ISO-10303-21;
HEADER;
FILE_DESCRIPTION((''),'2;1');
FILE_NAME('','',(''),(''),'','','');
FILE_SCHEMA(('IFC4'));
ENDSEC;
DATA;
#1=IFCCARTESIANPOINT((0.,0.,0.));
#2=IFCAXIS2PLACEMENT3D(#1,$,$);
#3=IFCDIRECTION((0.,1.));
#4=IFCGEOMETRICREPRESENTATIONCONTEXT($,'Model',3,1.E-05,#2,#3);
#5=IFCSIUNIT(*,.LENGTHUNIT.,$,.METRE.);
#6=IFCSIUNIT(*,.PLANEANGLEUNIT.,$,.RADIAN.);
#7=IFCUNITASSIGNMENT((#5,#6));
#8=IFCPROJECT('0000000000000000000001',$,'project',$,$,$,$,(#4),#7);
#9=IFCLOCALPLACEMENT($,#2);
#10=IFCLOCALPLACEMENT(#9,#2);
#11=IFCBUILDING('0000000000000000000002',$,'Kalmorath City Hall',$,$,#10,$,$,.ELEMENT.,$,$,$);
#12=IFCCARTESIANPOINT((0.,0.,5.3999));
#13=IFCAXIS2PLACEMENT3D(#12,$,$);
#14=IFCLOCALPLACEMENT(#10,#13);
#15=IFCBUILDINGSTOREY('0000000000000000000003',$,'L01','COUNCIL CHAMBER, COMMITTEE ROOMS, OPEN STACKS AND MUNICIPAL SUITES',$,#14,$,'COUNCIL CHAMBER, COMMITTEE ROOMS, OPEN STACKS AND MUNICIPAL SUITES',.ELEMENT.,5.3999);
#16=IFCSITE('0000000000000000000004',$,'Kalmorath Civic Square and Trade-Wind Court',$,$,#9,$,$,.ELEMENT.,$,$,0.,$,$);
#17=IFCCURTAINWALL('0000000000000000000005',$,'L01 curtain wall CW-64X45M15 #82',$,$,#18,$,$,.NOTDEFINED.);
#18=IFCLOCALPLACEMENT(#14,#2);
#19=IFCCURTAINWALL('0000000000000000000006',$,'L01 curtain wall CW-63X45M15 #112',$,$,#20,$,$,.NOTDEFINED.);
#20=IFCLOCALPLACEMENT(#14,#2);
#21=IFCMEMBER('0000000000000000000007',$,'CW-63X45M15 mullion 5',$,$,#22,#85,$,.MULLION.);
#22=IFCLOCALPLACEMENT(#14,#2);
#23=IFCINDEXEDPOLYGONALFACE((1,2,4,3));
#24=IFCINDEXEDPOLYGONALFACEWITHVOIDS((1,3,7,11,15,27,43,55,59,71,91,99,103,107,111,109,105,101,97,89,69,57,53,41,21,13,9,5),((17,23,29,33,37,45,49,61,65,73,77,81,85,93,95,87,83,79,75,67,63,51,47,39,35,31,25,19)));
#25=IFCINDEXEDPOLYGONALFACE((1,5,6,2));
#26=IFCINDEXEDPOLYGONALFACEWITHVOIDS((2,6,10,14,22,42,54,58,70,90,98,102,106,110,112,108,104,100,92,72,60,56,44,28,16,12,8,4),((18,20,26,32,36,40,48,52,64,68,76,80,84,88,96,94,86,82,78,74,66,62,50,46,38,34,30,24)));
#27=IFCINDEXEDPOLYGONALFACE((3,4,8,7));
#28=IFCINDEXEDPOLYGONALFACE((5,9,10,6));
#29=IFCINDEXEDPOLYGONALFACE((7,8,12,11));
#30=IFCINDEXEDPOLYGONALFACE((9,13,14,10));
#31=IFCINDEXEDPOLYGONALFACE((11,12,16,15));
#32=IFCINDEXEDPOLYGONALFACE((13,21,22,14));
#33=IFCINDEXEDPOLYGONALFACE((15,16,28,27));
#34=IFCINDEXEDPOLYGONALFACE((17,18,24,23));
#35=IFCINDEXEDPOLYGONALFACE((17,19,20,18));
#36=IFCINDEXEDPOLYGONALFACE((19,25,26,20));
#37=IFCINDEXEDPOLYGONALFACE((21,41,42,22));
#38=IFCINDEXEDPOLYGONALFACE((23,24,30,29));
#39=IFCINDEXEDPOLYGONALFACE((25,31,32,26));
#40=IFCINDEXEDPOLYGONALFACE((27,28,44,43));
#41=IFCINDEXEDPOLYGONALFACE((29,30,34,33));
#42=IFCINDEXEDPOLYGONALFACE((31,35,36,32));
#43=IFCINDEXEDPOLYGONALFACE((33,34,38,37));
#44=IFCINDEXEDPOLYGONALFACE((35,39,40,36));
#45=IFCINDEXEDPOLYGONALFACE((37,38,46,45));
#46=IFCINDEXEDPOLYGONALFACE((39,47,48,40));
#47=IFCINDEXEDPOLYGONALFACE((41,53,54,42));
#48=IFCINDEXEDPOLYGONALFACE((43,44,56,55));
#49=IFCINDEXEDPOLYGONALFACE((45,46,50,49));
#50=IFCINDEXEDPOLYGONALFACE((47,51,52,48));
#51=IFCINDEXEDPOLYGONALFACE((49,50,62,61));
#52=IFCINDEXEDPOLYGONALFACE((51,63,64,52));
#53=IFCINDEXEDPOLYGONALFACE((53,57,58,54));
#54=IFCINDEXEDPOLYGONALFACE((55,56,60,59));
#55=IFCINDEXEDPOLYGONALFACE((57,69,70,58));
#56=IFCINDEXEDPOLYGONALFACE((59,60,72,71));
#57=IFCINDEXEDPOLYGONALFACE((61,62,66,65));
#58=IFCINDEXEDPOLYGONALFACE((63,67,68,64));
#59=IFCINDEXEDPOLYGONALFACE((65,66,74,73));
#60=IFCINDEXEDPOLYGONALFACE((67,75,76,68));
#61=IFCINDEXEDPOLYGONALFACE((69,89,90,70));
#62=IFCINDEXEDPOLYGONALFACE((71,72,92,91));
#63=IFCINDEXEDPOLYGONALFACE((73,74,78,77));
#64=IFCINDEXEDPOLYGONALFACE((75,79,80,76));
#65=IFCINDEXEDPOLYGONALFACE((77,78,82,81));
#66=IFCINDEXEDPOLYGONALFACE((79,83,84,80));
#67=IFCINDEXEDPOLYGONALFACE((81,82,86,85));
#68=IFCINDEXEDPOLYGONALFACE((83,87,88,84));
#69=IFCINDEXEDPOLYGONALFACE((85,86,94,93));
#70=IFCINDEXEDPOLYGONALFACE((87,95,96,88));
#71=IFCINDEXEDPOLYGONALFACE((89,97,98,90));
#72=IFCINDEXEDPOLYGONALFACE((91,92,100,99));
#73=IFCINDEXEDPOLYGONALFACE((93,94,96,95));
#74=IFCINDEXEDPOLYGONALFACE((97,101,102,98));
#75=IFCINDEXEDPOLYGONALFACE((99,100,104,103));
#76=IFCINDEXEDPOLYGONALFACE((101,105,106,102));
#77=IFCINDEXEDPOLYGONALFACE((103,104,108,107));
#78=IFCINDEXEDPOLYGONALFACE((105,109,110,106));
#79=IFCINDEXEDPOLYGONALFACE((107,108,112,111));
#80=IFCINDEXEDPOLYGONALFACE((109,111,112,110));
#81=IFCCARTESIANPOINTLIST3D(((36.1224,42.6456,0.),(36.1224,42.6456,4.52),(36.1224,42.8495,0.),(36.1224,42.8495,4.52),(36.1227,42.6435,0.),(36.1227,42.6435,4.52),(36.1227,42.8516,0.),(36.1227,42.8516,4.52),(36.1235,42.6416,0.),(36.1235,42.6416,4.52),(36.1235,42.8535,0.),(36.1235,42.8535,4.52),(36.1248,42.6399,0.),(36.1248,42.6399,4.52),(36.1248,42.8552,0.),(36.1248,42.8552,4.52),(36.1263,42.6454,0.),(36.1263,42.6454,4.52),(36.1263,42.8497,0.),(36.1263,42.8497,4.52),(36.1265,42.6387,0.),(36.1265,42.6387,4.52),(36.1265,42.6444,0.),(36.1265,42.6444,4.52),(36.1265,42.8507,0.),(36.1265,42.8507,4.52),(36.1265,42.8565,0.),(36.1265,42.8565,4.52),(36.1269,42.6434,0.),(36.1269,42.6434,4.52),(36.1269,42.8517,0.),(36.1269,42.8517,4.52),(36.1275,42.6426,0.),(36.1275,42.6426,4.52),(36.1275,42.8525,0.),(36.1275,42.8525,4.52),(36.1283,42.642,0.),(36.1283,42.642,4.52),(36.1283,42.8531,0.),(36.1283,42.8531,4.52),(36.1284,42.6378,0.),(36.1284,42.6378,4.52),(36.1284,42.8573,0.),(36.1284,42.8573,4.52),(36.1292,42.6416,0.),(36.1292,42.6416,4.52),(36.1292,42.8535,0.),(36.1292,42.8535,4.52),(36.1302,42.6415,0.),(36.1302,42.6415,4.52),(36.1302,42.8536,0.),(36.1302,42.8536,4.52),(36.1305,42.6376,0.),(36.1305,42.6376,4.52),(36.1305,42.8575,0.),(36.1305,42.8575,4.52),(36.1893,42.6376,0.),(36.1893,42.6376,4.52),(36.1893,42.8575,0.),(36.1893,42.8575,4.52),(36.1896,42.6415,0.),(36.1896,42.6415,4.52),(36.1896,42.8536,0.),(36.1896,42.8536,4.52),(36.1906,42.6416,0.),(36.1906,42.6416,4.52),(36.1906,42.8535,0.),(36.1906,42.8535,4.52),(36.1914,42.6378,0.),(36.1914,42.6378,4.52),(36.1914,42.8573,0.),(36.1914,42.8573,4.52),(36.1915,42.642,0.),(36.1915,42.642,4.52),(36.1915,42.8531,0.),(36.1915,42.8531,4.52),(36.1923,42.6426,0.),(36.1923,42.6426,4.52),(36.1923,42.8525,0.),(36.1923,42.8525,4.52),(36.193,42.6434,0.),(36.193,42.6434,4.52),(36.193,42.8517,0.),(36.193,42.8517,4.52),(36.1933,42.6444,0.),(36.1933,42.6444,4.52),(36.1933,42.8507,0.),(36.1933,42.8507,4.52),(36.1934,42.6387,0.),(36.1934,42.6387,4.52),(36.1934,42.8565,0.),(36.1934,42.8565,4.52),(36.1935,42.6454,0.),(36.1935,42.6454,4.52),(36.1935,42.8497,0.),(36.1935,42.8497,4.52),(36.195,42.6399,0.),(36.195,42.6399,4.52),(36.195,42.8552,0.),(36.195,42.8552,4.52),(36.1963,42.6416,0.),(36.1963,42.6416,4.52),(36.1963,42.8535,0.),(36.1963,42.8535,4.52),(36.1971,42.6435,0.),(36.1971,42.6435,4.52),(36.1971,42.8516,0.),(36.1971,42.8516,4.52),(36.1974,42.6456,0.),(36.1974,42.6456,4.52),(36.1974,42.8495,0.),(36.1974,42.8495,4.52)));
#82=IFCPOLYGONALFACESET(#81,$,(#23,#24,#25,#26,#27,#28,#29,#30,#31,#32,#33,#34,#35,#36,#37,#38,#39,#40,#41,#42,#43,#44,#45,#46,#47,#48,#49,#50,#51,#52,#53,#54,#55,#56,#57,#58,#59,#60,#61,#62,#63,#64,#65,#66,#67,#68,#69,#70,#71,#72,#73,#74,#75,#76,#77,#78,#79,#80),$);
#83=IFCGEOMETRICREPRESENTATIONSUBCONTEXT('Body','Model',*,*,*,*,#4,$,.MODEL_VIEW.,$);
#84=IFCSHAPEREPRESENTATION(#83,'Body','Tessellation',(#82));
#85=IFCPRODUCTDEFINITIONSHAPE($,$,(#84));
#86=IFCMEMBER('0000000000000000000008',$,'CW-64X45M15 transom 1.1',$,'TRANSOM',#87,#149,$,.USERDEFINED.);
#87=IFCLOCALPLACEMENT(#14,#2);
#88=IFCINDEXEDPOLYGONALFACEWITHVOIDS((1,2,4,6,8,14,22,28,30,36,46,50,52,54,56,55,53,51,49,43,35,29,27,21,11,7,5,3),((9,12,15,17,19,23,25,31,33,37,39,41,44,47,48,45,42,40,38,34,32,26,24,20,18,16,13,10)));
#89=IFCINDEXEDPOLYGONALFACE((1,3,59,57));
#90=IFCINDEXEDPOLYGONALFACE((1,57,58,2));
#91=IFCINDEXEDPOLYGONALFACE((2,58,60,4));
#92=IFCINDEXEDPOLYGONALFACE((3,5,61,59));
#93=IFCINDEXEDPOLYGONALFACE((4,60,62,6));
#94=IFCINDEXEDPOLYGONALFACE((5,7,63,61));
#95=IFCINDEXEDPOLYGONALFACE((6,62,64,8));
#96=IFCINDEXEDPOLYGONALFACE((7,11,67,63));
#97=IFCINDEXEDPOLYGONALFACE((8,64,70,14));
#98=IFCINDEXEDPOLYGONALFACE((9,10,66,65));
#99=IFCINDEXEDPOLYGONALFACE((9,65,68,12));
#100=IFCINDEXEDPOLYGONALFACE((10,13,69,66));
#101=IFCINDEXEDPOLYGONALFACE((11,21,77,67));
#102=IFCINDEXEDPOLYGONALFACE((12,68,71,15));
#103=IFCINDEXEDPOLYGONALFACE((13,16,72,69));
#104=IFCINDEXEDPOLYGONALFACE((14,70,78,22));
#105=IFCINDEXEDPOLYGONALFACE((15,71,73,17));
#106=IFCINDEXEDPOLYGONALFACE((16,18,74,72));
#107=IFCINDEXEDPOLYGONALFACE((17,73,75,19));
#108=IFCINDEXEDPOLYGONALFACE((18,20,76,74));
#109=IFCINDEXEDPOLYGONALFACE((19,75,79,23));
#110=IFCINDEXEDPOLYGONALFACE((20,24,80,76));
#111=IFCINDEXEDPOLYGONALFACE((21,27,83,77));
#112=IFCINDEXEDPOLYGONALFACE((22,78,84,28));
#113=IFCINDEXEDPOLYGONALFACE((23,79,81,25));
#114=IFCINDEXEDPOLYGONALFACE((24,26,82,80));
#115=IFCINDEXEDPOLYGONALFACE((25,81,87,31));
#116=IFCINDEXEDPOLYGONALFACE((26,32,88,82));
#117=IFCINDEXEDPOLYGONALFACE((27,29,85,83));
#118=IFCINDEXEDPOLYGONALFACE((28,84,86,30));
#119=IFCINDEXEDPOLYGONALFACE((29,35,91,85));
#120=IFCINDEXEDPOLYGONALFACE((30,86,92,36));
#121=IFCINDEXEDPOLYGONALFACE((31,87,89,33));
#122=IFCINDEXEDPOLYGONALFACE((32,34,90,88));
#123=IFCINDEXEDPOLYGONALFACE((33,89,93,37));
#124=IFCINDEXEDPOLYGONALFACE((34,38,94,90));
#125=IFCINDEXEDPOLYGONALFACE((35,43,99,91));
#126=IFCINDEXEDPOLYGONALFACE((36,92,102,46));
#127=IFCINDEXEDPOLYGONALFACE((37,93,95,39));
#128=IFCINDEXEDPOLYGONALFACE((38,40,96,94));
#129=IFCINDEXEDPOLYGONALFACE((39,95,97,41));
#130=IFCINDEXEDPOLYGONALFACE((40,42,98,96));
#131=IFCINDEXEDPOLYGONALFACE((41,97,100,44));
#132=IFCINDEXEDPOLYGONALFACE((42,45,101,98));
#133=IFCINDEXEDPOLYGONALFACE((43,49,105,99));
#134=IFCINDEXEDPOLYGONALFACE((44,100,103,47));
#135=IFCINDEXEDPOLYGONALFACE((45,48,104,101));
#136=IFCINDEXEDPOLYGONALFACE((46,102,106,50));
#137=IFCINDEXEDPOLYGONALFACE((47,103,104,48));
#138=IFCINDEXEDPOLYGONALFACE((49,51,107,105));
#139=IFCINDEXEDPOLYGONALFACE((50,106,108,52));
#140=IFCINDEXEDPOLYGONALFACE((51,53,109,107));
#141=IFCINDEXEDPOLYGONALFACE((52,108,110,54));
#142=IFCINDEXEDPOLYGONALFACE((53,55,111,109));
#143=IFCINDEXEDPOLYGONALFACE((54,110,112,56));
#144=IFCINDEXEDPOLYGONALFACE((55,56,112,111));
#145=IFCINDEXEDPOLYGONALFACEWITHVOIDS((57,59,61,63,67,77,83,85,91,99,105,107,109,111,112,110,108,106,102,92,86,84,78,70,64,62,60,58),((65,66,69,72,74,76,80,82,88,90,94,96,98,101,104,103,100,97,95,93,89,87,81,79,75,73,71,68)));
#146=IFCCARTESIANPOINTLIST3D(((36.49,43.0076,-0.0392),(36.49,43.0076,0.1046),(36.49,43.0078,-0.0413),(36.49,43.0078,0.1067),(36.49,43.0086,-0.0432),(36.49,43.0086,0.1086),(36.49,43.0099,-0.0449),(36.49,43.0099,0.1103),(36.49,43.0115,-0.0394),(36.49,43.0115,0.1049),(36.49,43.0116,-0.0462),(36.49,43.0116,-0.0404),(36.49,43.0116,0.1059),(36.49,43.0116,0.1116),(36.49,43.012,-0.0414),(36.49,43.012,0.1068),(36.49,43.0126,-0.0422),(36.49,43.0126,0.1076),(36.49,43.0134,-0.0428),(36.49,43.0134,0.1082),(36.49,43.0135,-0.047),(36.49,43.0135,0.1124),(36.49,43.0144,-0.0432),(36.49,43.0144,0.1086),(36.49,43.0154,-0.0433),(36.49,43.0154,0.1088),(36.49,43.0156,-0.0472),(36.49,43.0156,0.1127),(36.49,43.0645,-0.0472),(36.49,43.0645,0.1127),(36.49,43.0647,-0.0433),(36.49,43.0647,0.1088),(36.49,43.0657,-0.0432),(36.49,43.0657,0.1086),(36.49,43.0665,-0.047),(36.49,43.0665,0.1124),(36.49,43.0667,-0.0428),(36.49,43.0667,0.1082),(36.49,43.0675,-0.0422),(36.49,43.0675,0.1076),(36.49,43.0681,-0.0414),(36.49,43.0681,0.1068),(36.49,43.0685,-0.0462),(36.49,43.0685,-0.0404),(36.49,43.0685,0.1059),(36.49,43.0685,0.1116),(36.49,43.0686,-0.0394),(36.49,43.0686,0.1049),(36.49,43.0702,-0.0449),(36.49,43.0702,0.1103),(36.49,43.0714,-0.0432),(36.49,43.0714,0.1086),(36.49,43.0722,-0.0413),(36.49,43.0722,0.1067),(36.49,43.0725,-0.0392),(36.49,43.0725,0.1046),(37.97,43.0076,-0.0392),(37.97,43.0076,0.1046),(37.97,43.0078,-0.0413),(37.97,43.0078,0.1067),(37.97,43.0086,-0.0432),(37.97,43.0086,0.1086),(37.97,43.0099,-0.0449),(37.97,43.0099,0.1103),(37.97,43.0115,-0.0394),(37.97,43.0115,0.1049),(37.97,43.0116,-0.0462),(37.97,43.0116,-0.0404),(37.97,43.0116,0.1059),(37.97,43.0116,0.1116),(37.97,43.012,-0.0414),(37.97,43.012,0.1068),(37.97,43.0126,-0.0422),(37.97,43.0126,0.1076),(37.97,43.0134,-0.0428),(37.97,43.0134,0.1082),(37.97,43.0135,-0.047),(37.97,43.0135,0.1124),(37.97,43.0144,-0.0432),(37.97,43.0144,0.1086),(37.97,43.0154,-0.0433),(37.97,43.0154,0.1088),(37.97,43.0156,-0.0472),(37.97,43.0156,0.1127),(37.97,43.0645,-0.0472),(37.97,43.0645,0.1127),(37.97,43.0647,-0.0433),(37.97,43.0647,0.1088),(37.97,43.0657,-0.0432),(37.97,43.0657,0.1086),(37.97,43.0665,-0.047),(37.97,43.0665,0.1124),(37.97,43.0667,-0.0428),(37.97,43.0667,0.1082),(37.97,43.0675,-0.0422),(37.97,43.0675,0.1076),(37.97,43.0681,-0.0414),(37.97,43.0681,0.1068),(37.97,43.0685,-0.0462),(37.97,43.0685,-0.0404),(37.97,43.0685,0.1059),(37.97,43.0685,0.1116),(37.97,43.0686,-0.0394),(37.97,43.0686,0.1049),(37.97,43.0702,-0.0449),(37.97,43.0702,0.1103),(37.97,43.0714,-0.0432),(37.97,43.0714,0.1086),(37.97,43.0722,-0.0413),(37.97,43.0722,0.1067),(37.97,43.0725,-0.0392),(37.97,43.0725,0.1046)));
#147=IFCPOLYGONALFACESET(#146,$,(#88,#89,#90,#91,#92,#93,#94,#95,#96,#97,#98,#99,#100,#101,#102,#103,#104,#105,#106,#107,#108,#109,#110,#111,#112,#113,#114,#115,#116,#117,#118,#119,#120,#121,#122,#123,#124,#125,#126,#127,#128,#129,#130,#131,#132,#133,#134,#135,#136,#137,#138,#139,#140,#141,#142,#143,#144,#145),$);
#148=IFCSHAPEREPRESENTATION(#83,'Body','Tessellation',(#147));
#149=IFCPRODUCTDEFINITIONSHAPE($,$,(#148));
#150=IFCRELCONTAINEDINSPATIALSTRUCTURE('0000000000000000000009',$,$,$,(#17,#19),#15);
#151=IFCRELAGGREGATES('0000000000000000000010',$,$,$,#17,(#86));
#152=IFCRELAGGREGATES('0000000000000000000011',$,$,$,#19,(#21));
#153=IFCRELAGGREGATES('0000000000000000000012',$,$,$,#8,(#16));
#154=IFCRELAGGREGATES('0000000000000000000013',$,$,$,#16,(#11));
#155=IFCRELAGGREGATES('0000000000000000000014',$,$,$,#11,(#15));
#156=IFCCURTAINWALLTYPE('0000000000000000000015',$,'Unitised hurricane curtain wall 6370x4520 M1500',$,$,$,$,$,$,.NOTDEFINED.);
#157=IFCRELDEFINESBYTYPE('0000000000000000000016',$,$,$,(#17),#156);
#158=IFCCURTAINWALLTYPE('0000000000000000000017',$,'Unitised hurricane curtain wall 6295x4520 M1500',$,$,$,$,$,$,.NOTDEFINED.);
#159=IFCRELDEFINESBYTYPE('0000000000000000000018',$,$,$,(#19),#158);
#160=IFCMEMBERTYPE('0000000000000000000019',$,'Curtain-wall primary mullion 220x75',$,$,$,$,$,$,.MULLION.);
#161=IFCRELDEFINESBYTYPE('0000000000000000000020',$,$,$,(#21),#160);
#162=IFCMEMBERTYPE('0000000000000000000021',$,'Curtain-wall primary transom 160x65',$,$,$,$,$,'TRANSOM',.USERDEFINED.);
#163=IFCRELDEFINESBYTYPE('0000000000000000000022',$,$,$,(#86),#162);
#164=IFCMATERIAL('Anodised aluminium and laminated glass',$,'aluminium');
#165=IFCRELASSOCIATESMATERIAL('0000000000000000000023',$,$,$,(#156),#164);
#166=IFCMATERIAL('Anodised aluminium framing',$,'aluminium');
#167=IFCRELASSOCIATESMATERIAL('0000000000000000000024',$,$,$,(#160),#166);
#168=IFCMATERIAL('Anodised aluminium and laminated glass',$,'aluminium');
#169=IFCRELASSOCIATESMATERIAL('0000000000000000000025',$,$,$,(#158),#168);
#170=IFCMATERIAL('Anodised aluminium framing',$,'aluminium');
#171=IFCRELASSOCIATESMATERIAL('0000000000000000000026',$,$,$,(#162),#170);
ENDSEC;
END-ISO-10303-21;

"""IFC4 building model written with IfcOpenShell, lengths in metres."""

from ifc_helpers import new_model, si_unit, direction, frame, origin, origin_2d, place, context, subcontext, project, spatial, hollow_rectangle, extrude, material, material_profile, profile_set, type_object, element, aggregate, save


model = new_model("IFC4")

# Units and contexts
model_context = context("Model", 3, precision=1e-05, world=origin(), true_north=direction((0.0, 1.0)))
body_context = subcontext(model_context, "Body", "Model", "MODEL_VIEW")
ifc_project = project(units=[si_unit("LENGTHUNIT", "METRE"), si_unit("PLANEANGLEUNIT", "RADIAN")], contexts=[model_context])

# Site, building, storey
site_placement = place(None, origin())
site = spatial("IfcSite", under=ifc_project, at=site_placement, Name="Kalmorath Civic Square and Trade-Wind Court", CompositionType="ELEMENT", RefElevation=0.0)
building_placement = place(site_placement, origin())
building = spatial("IfcBuilding", under=site, at=building_placement, Name="Kalmorath City Hall", CompositionType="ELEMENT")
storey_placement = place(building_placement, frame((0.0, 0.0, 5.3999)))
storey = spatial("IfcBuildingStorey", under=building, at=storey_placement, Name="L01", Description="COUNCIL CHAMBER, COMMITTEE ROOMS, OPEN STACKS AND MUNICIPAL SUITES", LongName="COUNCIL CHAMBER, COMMITTEE ROOMS, OPEN STACKS AND MUNICIPAL SUITES", CompositionType="ELEMENT", Elevation=5.3999)

# Curtain wall
ifc_material_1 = material(Name="Anodised aluminium and laminated glass", Category="aluminium")
curtain_wall_type_1 = type_object("IfcCurtainWallType", Name="Unitised hurricane curtain wall 6370x4520 M1500", PredefinedType="NOTDEFINED", material=ifc_material_1)
curtain_wall_1_placement = place(storey_placement, origin())
curtain_wall_1 = element("IfcCurtainWall", 1, at=curtain_wall_1_placement, inside=storey, type_object=curtain_wall_type_1, Name="L01 curtain wall CW-64X45M15 #82", PredefinedType="NOTDEFINED")
ifc_material_2 = material(Name="Anodised aluminium framing", Category="aluminium")
ifc_material_profile_1 = material_profile(ifc_material_2, hollow_rectangle(XDim=0.075, YDim=0.22, WallThickness=0.0039, InnerFilletRadius=0.0039, OuterFilletRadius=0.0081, at=origin_2d()), Name="ALU-MUL-220X75X4")
ifc_profile_set_1 = profile_set([ifc_material_profile_1], Name="Anodised aluminium framing")
member_type_1 = type_object("IfcMemberType", Name="Curtain-wall primary mullion 220x75", PredefinedType="MULLION", material=ifc_profile_set_1)

# Curtain wall, member
ifc_material_3 = material(Name="Anodised aluminium and laminated glass", Category="aluminium")
curtain_wall_type_2 = type_object("IfcCurtainWallType", Name="Unitised hurricane curtain wall 6295x4520 M1500", PredefinedType="NOTDEFINED", material=ifc_material_3)
curtain_wall_2_placement = place(storey_placement, origin())
curtain_wall_2 = element("IfcCurtainWall", 2, at=curtain_wall_2_placement, inside=storey, type_object=curtain_wall_type_2, Name="L01 curtain wall CW-63X45M15 #112", PredefinedType="NOTDEFINED")
member_1_placement = place(storey_placement, frame((36.1599, 42.7476, 0.0), z_axis=(0.0, 0.0, 1.0), x_axis=(-1.0, 0.0, 0.0)))
member_1 = element("IfcMember", 3, at=member_1_placement, type_object=member_type_1, Name="CW-63X45M15 mullion 5", PredefinedType="MULLION", context=body_context, shape_type="SweptSolid", body=[
    extrude(hollow_rectangle(XDim=0.075, YDim=0.22, WallThickness=0.0039, InnerFilletRadius=0.0039, OuterFilletRadius=0.0081, at=origin_2d()), origin(), (0.0, 0.0, 1.0), 4.52),
])

# Member
ifc_material_4 = material(Name="Anodised aluminium framing", Category="aluminium")
ifc_material_profile_2 = material_profile(ifc_material_4, hollow_rectangle(XDim=0.0649, YDim=0.1599, WallThickness=0.0039, InnerFilletRadius=0.0039, OuterFilletRadius=0.0081, at=origin_2d()), Name="ALU-TRN-160X65X4")
ifc_profile_set_2 = profile_set([ifc_material_profile_2], Name="Anodised aluminium framing")
member_type_2 = type_object("IfcMemberType", Name="Curtain-wall primary transom 160x65", ElementType="TRANSOM", PredefinedType="USERDEFINED", material=ifc_profile_set_2)
member_2_placement = place(storey_placement, frame((36.49, 43.04, 0.0327), z_axis=(1.0, 0.0, 0.0), x_axis=(0.0, 1.0, 0.0)))
member_2 = element("IfcMember", 4, at=member_2_placement, type_object=member_type_2, Name="CW-64X45M15 transom 1.1", ObjectType="TRANSOM", PredefinedType="USERDEFINED", context=body_context, shape_type="SweptSolid", body=[
    extrude(hollow_rectangle(XDim=0.0649, YDim=0.1599, WallThickness=0.0039, InnerFilletRadius=0.0039, OuterFilletRadius=0.0081, at=origin_2d()), origin(), (0.0, 0.0, 1.0), 1.48),
])
aggregate(curtain_wall_1, [member_2])

aggregate(curtain_wall_2, [member_1])

save(model, "model.ifc")
